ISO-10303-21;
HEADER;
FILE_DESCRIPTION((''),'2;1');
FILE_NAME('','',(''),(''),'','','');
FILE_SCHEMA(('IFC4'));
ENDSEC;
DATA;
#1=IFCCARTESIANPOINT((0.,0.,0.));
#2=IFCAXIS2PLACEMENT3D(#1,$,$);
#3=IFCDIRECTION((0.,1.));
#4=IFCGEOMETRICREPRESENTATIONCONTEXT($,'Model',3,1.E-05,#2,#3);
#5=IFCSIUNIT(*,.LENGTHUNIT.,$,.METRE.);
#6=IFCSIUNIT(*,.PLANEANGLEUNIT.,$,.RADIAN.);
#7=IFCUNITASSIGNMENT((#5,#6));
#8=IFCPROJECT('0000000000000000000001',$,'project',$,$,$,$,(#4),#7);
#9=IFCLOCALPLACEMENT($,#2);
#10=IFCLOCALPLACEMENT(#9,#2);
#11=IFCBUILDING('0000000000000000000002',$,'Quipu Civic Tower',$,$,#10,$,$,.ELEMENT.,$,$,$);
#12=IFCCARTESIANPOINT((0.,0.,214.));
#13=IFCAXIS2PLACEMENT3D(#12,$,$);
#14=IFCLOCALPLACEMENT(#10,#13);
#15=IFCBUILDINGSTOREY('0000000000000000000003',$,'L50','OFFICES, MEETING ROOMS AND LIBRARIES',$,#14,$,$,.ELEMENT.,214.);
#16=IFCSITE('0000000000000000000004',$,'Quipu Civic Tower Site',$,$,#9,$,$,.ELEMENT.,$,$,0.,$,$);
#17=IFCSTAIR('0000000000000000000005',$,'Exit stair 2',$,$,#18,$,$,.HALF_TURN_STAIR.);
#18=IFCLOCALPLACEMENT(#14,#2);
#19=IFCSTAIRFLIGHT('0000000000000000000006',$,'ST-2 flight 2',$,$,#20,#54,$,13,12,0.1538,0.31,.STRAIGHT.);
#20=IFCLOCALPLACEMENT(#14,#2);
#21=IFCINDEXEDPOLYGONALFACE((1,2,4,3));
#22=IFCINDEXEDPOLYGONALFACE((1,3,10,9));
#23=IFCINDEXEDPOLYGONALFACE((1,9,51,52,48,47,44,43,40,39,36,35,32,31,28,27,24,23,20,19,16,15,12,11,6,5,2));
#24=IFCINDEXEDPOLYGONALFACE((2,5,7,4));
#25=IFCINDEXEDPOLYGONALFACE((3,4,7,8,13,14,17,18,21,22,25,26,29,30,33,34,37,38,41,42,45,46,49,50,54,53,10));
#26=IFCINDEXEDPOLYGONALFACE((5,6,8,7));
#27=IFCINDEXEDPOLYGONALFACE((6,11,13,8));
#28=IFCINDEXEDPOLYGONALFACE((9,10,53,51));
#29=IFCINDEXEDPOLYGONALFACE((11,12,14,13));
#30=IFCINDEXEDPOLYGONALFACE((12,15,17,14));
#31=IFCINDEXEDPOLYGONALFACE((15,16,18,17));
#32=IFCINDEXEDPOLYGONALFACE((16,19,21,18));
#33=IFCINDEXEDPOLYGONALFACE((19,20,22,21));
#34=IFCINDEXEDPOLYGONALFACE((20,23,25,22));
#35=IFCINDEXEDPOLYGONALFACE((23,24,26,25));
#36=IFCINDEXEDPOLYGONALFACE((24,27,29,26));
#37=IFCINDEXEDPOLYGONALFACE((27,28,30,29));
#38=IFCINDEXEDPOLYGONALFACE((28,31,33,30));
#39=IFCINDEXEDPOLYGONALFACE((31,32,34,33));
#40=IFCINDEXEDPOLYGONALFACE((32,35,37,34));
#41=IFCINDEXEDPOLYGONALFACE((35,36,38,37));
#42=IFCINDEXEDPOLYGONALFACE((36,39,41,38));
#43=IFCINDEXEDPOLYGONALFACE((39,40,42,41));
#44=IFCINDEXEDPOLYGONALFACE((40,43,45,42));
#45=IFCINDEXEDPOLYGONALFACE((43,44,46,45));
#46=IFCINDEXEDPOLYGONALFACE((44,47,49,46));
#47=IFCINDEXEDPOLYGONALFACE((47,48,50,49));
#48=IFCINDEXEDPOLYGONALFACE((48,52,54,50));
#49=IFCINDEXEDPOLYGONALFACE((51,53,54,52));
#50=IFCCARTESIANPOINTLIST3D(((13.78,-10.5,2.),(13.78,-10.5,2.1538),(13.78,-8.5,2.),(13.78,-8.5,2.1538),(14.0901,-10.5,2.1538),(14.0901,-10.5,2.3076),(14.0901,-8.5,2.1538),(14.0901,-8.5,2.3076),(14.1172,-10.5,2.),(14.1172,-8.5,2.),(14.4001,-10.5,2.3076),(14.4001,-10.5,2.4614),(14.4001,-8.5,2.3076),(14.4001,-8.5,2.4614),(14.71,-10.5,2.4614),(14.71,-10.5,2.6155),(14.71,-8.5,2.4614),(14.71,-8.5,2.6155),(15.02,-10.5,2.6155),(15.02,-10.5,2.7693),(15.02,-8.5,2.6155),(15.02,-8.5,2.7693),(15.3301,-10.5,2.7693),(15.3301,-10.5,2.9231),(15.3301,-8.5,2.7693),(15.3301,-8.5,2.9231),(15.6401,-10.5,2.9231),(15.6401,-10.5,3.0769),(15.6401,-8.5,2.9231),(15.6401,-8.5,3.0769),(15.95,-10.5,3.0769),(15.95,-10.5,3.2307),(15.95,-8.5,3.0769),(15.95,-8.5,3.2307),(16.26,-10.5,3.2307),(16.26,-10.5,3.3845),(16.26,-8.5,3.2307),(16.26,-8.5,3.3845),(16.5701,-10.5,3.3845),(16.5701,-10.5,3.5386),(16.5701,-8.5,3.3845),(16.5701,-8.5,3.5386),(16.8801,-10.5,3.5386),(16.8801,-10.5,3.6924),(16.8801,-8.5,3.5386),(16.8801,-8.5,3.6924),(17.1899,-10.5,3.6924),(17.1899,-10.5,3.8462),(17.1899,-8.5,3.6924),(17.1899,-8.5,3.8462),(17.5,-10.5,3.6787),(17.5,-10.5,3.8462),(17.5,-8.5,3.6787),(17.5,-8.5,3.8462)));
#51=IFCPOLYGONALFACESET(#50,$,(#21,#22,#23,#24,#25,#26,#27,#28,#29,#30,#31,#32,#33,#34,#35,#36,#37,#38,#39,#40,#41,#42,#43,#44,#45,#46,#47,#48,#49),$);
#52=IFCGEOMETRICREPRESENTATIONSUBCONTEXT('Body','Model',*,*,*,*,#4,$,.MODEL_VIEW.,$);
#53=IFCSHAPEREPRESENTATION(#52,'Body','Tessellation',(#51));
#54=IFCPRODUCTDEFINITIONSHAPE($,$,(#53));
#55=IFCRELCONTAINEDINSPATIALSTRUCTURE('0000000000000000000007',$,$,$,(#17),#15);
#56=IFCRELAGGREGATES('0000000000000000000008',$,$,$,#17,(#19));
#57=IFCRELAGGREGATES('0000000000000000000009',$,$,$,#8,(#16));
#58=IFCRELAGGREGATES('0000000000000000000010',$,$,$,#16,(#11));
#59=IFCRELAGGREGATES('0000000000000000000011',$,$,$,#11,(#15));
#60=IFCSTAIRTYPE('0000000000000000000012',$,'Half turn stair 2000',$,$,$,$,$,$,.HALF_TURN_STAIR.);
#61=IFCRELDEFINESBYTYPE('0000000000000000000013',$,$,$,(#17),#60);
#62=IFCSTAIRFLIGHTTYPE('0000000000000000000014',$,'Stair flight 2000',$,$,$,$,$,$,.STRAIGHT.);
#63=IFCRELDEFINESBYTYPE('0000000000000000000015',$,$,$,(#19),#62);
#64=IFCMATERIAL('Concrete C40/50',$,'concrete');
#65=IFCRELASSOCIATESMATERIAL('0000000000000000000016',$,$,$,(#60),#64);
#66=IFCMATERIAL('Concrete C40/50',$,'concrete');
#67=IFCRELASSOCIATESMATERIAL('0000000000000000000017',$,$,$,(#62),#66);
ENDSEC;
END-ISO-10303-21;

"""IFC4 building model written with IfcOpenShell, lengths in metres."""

from ifc_helpers import new_model, si_unit, direction, frame, origin, place, context, subcontext, project, spatial, polyline, outline, extrude, material, type_object, element, aggregate, save


model = new_model("IFC4")

# Units and contexts
model_context = context("Model", 3, precision=1e-05, world=origin(), true_north=direction((0.0, 1.0)))
body_context = subcontext(model_context, "Body", "Model", "MODEL_VIEW")
ifc_project = project(units=[si_unit("LENGTHUNIT", "METRE"), si_unit("PLANEANGLEUNIT", "RADIAN")], contexts=[model_context])

# Site, building, storey
site_placement = place(None, origin())
site = spatial("IfcSite", under=ifc_project, at=site_placement, Name="Quipu Civic Tower Site", CompositionType="ELEMENT", RefElevation=0.0)
building_placement = place(site_placement, origin())
building = spatial("IfcBuilding", under=site, at=building_placement, Name="Quipu Civic Tower", CompositionType="ELEMENT")
storey_placement = place(building_placement, frame((0.0, 0.0, 214.0)))
storey = spatial("IfcBuildingStorey", under=building, at=storey_placement, Name="L50", Description="OFFICES, MEETING ROOMS AND LIBRARIES", CompositionType="ELEMENT", Elevation=214.0)

# Stair, stair flight
ifc_material_1 = material(Name="Concrete C40/50", Category="concrete")
stair_type = type_object("IfcStairType", Name="Half turn stair 2000", PredefinedType="HALF_TURN_STAIR", material=ifc_material_1)
stair_placement = place(storey_placement, origin())
stair = element("IfcStair", 1, at=stair_placement, inside=storey, type_object=stair_type, Name="Exit stair 2", PredefinedType="HALF_TURN_STAIR")
ifc_material_2 = material(Name="Concrete C40/50", Category="concrete")
stair_flight_type = type_object("IfcStairFlightType", Name="Stair flight 2000", PredefinedType="STRAIGHT", material=ifc_material_2)
stair_flight_1_placement = place(storey_placement, frame((13.78, -9.5, 2.0), z_axis=(0.0, 0.0, 1.0), x_axis=(1.0, 0.0, 0.0)))
stair_flight_1 = element("IfcStairFlight", 2, at=stair_flight_1_placement, type_object=stair_flight_type, Name="ST-2 flight 2", NumberOfRisers=13, NumberOfTreads=12, PredefinedType="STRAIGHT", RiserHeight=0.1538, TreadLength=0.31, context=body_context, shape_type="SweptSolid", body=[
    extrude(outline(polyline([(0.0, 0.0), (0.0, 0.1538), (0.3101, 0.1538), (0.3101, 0.3076), (0.6201, 0.3076), (0.6201, 0.4614), (0.9299, 0.4614), (0.9299, 0.6155), (1.24, 0.6155), (1.24, 0.7693), (1.55, 0.7693), (1.55, 0.9231), (1.8601, 0.9231), (1.8601, 1.0769), (2.1699, 1.0769), (2.1699, 1.2307), (2.48, 1.2307), (2.48, 1.3845), (2.79, 1.3845), (2.79, 1.5386), (3.1001, 1.5386), (3.1001, 1.6924), (3.4099, 1.6924), (3.4099, 1.8462), (3.72, 1.8462), (3.72, 2.0), (3.72, 1.6787), (0.3372, 0.0), (0.0, 0.0)])), frame((0.0, 1.0, 0.0), z_axis=(0.0, -1.0, 0.0), x_axis=(1.0, 0.0, 0.0)), (0.0, 0.0, 1.0), 2.0),
])
aggregate(stair, [stair_flight_1])

save(model, "model.ifc")
